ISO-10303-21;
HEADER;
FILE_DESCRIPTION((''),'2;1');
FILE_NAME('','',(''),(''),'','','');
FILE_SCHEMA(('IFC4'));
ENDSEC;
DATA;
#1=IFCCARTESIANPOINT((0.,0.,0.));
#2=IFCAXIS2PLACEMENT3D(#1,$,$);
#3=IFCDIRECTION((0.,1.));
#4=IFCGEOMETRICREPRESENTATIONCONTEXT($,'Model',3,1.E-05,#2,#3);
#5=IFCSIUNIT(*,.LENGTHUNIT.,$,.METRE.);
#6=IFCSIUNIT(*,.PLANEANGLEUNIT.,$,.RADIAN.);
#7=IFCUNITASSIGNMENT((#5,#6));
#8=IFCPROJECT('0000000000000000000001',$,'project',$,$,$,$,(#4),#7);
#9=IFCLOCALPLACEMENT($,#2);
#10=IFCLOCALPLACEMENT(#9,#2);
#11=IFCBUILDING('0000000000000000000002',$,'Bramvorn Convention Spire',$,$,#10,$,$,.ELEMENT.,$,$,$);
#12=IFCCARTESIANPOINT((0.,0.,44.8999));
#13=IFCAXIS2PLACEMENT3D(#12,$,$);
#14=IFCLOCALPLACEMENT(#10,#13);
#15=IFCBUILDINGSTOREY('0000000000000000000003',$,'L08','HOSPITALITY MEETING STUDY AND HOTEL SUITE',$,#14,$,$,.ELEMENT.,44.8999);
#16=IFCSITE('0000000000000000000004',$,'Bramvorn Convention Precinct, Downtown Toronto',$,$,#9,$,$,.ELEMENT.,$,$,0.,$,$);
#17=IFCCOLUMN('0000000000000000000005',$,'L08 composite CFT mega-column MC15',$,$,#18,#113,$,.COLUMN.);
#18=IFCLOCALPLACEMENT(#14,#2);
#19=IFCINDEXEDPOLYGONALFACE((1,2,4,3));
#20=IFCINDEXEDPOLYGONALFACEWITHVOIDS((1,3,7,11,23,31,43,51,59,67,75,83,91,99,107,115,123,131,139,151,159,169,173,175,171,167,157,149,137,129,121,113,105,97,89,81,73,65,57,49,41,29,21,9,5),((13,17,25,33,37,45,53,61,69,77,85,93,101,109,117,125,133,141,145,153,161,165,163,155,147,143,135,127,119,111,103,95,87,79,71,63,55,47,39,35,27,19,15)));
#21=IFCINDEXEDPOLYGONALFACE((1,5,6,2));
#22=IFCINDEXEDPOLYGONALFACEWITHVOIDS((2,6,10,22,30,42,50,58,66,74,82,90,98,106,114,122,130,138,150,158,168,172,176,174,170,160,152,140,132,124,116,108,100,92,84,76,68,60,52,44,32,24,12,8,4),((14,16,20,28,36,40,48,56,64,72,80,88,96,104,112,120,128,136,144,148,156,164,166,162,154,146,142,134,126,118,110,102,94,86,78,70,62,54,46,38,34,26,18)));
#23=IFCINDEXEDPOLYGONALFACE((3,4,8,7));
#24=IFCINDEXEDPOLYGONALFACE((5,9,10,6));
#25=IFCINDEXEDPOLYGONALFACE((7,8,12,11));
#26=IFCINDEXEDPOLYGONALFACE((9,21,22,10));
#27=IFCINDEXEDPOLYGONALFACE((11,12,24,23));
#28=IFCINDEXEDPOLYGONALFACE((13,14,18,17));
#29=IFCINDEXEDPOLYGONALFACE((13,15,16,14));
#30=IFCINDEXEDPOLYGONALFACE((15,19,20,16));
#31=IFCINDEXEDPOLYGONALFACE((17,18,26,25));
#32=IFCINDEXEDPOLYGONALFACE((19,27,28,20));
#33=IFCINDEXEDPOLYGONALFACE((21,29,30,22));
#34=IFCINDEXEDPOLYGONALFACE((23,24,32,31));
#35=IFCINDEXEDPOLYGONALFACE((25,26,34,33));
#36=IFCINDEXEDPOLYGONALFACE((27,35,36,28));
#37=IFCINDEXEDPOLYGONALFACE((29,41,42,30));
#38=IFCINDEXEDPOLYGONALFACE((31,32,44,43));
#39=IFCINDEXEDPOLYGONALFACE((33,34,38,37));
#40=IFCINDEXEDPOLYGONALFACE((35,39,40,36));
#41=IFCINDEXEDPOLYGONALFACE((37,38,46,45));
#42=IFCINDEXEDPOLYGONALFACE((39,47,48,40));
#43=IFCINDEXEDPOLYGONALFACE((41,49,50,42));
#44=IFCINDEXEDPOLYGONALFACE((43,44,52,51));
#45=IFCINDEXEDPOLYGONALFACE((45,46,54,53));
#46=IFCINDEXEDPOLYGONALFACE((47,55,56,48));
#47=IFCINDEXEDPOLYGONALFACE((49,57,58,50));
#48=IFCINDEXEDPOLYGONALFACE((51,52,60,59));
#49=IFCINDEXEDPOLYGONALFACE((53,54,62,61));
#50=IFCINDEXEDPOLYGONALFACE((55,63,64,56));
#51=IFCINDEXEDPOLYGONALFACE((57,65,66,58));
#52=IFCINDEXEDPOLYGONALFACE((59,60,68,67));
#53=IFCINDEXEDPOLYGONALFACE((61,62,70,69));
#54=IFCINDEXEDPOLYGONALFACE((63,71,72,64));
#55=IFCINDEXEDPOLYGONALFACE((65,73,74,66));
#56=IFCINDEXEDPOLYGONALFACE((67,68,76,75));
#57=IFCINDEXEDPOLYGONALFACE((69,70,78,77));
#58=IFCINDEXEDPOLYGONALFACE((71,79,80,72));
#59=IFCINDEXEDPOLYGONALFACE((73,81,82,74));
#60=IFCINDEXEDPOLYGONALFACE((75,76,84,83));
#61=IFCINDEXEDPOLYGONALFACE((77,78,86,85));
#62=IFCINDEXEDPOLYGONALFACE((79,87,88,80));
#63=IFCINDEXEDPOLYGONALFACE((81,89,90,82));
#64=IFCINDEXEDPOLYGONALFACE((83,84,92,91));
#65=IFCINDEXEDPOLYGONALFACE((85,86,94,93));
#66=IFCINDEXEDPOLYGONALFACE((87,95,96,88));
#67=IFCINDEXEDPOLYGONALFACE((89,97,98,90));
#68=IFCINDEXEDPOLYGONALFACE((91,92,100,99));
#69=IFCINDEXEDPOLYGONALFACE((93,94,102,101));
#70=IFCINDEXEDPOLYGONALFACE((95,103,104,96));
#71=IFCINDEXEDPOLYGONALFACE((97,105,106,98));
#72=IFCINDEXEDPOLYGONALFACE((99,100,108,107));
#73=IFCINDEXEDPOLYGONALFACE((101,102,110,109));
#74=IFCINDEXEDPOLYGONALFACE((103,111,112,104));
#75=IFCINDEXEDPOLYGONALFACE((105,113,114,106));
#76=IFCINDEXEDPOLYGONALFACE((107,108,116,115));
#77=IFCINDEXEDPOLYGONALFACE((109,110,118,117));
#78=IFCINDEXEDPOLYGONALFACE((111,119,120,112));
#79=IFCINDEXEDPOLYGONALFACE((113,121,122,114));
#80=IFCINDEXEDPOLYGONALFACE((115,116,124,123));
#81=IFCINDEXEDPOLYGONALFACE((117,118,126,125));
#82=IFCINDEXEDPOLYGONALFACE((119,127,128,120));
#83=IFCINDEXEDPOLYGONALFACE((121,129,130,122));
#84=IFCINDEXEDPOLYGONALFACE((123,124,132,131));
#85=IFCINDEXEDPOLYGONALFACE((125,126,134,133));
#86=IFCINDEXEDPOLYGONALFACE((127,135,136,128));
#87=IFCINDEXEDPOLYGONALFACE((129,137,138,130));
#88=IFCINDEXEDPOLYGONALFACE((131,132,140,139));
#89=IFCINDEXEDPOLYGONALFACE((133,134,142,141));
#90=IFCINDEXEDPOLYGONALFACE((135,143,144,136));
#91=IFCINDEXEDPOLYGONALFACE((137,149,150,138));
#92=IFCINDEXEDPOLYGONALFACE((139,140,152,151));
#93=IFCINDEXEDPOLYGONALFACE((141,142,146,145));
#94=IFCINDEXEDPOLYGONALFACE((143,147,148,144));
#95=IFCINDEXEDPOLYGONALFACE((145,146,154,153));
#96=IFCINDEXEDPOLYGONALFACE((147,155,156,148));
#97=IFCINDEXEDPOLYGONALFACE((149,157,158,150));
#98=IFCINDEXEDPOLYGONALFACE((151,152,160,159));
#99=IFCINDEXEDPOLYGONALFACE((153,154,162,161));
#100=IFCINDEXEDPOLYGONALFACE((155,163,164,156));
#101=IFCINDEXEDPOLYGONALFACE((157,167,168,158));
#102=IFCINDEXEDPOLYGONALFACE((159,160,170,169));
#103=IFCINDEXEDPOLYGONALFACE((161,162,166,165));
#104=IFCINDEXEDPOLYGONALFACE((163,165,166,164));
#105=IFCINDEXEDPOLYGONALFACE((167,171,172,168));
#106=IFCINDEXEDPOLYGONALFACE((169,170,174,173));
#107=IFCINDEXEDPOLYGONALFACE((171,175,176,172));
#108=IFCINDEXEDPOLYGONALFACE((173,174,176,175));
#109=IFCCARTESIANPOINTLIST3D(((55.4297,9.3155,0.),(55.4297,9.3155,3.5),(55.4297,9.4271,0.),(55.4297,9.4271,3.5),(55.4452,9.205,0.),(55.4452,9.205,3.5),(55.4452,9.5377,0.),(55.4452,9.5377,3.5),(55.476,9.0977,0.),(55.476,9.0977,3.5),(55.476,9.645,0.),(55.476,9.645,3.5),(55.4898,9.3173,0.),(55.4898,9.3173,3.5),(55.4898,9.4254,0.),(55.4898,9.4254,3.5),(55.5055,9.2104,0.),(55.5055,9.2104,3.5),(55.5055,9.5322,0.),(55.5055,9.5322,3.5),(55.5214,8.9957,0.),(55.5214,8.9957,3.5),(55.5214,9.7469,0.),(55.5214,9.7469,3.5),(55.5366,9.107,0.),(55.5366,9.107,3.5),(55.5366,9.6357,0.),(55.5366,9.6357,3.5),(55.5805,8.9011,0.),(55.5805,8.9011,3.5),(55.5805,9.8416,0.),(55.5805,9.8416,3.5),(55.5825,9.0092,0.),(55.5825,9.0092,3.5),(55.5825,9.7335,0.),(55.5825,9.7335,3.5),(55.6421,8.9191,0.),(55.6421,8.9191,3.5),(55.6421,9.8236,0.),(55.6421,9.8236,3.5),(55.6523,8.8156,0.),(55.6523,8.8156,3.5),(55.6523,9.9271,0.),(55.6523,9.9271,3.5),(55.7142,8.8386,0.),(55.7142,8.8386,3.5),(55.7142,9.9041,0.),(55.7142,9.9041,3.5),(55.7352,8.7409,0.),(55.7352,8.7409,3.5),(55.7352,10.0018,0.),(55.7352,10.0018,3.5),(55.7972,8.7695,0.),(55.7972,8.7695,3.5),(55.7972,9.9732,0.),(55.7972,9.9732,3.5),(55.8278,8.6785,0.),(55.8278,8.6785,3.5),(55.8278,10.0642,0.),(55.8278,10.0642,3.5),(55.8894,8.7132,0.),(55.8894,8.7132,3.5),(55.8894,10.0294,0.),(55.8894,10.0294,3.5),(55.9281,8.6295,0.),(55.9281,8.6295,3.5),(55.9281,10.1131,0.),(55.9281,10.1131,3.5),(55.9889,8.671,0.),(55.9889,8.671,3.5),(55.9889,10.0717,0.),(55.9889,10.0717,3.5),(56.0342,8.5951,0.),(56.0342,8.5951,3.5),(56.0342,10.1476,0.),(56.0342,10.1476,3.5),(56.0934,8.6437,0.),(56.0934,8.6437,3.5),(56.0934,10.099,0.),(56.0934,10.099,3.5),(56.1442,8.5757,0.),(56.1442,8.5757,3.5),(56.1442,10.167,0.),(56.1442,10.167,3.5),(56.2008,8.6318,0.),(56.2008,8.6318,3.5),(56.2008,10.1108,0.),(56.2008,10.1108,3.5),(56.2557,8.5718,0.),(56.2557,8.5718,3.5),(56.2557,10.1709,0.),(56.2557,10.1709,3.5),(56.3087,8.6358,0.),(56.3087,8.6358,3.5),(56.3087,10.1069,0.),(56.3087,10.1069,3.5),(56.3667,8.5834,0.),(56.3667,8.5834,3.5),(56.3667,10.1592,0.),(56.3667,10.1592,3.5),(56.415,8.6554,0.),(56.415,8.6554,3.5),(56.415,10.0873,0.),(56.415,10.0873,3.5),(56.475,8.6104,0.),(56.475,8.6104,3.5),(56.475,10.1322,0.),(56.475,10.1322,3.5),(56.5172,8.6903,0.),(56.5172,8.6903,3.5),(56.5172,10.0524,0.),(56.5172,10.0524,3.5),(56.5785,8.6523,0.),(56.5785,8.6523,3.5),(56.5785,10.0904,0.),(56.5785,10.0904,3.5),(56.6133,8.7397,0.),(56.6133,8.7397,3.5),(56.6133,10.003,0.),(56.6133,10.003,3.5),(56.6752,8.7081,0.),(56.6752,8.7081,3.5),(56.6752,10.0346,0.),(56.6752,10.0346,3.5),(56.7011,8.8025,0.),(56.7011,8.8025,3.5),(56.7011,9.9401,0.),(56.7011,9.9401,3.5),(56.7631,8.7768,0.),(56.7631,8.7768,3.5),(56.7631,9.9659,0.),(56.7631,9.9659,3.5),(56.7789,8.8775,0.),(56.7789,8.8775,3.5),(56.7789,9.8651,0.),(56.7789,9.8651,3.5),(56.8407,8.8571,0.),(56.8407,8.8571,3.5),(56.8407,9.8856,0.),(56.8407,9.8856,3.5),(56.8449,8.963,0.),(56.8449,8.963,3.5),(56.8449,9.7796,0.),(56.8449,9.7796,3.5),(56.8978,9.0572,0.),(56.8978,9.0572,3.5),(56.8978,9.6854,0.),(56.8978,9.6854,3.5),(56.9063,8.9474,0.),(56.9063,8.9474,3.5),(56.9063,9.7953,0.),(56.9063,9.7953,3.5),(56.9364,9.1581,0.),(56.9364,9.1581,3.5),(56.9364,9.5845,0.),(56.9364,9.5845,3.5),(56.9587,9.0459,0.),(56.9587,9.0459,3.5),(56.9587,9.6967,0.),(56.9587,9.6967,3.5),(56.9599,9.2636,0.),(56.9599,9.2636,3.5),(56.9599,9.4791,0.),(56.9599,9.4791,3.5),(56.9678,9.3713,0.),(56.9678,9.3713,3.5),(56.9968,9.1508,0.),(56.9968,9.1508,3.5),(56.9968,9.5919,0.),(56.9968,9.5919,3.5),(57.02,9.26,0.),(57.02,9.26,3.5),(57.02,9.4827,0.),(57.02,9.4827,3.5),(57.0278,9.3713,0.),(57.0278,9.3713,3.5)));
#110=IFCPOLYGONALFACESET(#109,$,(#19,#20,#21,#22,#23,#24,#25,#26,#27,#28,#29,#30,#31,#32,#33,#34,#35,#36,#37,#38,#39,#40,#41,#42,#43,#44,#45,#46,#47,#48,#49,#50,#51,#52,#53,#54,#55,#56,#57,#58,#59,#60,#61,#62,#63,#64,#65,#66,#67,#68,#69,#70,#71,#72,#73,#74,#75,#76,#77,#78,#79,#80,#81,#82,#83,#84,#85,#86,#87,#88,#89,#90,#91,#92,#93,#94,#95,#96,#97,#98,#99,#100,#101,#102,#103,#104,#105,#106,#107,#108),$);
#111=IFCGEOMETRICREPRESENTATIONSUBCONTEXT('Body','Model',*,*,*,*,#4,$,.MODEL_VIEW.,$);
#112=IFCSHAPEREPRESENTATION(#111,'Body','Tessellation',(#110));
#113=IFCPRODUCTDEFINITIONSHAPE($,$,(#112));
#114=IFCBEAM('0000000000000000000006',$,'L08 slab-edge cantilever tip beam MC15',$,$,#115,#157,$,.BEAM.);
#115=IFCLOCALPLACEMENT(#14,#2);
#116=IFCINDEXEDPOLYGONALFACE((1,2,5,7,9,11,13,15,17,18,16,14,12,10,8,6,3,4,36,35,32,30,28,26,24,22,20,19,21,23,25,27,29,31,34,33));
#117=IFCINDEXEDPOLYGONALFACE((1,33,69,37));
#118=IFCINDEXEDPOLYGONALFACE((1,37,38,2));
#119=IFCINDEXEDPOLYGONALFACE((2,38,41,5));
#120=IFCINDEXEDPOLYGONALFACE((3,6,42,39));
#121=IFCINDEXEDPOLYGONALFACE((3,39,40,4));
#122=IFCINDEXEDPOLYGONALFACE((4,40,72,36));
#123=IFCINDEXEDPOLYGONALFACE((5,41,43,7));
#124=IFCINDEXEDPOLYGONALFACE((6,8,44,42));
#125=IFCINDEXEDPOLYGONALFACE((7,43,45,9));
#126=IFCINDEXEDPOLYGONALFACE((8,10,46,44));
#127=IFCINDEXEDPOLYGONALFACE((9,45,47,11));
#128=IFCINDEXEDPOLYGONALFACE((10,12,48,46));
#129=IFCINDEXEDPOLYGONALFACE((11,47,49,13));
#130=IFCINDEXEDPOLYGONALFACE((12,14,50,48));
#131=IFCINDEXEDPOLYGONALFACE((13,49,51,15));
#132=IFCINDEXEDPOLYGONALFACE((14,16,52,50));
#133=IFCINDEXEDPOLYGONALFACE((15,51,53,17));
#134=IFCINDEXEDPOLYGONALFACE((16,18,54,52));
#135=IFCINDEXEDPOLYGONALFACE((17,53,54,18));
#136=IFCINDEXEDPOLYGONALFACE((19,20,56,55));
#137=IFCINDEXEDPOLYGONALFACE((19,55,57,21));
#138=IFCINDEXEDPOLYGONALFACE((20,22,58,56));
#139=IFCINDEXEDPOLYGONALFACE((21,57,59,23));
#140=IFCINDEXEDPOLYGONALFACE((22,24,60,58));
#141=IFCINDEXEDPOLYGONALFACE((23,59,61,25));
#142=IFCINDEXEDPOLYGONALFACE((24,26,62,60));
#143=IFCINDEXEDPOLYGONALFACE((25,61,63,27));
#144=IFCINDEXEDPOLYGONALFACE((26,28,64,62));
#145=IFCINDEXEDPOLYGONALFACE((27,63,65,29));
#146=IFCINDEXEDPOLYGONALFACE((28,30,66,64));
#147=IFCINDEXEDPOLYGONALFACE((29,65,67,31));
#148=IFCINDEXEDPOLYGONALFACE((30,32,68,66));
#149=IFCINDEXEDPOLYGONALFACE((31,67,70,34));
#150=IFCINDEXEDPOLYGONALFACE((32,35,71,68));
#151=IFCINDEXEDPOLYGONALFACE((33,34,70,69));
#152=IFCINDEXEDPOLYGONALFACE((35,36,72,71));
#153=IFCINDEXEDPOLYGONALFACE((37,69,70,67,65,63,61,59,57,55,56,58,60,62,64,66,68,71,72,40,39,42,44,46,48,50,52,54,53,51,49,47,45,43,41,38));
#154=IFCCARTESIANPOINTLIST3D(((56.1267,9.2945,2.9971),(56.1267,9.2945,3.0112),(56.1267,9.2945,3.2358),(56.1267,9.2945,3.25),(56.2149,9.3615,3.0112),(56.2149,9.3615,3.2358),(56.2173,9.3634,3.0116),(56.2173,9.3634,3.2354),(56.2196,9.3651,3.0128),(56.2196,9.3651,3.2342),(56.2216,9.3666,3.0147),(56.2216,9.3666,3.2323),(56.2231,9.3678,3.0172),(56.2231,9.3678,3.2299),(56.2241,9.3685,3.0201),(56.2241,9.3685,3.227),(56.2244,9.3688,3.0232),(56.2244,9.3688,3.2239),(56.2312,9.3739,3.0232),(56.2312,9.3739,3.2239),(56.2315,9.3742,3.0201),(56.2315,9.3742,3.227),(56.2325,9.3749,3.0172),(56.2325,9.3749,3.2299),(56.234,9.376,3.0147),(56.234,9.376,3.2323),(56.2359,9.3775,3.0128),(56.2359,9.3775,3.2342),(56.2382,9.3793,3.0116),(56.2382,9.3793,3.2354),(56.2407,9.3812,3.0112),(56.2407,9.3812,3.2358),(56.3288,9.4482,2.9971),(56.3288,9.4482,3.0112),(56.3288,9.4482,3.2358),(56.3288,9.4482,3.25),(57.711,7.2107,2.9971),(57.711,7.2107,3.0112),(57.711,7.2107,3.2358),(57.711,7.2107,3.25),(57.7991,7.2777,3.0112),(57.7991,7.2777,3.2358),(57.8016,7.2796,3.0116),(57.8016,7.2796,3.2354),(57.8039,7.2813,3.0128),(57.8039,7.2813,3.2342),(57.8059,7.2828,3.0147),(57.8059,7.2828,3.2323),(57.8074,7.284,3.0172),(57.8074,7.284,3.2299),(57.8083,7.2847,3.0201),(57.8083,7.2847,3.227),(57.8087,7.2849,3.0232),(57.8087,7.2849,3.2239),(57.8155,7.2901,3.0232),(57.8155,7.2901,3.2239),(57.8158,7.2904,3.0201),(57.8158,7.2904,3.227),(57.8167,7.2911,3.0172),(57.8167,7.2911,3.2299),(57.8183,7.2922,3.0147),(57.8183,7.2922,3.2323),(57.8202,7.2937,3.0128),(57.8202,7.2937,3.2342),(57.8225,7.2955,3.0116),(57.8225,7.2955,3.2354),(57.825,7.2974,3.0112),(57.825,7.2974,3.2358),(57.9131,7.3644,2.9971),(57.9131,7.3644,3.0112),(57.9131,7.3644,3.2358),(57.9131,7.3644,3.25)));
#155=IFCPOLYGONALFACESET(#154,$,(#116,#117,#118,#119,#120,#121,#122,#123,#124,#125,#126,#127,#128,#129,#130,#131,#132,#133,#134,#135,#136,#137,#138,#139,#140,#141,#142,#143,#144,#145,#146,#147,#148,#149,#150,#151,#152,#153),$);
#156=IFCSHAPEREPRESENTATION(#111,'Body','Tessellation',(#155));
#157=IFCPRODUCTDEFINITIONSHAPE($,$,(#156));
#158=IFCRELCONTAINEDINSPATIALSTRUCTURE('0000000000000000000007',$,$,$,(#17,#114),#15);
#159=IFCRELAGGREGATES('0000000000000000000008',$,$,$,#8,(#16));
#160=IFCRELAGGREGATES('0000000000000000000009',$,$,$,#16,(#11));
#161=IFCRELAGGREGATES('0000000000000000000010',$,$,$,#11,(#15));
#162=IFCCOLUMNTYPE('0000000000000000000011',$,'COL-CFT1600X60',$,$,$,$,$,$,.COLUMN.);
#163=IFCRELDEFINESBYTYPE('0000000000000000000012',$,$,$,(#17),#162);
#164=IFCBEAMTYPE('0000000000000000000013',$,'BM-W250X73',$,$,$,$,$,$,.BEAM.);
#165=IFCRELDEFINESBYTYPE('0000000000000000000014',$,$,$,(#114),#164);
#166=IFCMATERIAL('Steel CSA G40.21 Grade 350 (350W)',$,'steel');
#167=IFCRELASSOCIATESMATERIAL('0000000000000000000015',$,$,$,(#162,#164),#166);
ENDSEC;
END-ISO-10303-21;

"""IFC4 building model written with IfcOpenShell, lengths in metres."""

from ifc_helpers import new_model, si_unit, direction, frame, origin, origin_2d, place, context, subcontext, project, spatial, hollow_circle, i_section, extrude, material, material_profile, profile_set, type_object, element, save


model = new_model("IFC4")

# Units and contexts
model_context = context("Model", 3, precision=1e-05, world=origin(), true_north=direction((0.0, 1.0)))
body_context = subcontext(model_context, "Body", "Model", "MODEL_VIEW")
ifc_project = project(units=[si_unit("LENGTHUNIT", "METRE"), si_unit("PLANEANGLEUNIT", "RADIAN")], contexts=[model_context])

# Site, building, storey
site_placement = place(None, origin())
site = spatial("IfcSite", under=ifc_project, at=site_placement, Name="Bramvorn Convention Precinct, Downtown Toronto", CompositionType="ELEMENT", RefElevation=0.0)
building_placement = place(site_placement, origin())
building = spatial("IfcBuilding", under=site, at=building_placement, Name="Bramvorn Convention Spire", CompositionType="ELEMENT")
storey_placement = place(building_placement, frame((0.0, 0.0, 44.8999)))
storey = spatial("IfcBuildingStorey", under=building, at=storey_placement, Name="L08", Description="HOSPITALITY MEETING STUDY AND HOTEL SUITE", CompositionType="ELEMENT", Elevation=44.8999)

# Column
ifc_material_1 = material(Name="Steel CSA G40.21 Grade 350 (350W)", Category="steel")
ifc_material_profile_1 = material_profile(ifc_material_1, hollow_circle(Radius=0.8, WallThickness=0.0601, at=origin_2d()))
ifc_profile_set_1 = profile_set([ifc_material_profile_1], Name="Steel CSA G40.21 Grade 350 (350W) - CFT1600X60")
column_type = type_object("IfcColumnType", Name="COL-CFT1600X60", PredefinedType="COLUMN", material=ifc_profile_set_1)
column_placement = place(storey_placement, frame((56.2278, 9.3713, 0.0), z_axis=(0.0, 0.0, 1.0), x_axis=(1.0, 0.0, 0.0)))
element("IfcColumn", 1, at=column_placement, inside=storey, type_object=column_type, Name="L08 composite CFT mega-column MC15", PredefinedType="COLUMN", context=body_context, shape_type="SweptSolid", body=[
    extrude(hollow_circle(Radius=0.8, WallThickness=0.0601, at=origin_2d()), origin(), (0.0, 0.0, 1.0), 3.5),
])

# Beam
ifc_material_profile_2 = material_profile(ifc_material_1, i_section(OverallWidth=0.2539, OverallDepth=0.2529, WebThickness=0.0085, FlangeThickness=0.0142, FilletRadius=0.012, at=origin_2d()))
ifc_profile_set_2 = profile_set([ifc_material_profile_2], Name="Steel CSA G40.21 Grade 350 (350W) - W250X73")
beam_type_1 = type_object("IfcBeamType", Name="BM-W250X73", PredefinedType="BEAM", material=ifc_profile_set_2)
beam_1_placement = place(storey_placement, frame((56.2278, 9.3713, 3.1235), z_axis=(0.605225, -0.796054, 0.0), x_axis=(0.796054, 0.605225, 0.0)))
element("IfcBeam", 2, at=beam_1_placement, inside=storey, type_object=beam_type_1, Name="L08 slab-edge cantilever tip beam MC15", PredefinedType="BEAM", context=body_context, shape_type="SweptSolid", body=[
    extrude(i_section(OverallWidth=0.2539, OverallDepth=0.2529, WebThickness=0.0085, FlangeThickness=0.0142, FilletRadius=0.012, at=origin_2d()), origin(), (0.0, 0.0, 1.0), 2.6177),
])

save(model, "model.ifc")
